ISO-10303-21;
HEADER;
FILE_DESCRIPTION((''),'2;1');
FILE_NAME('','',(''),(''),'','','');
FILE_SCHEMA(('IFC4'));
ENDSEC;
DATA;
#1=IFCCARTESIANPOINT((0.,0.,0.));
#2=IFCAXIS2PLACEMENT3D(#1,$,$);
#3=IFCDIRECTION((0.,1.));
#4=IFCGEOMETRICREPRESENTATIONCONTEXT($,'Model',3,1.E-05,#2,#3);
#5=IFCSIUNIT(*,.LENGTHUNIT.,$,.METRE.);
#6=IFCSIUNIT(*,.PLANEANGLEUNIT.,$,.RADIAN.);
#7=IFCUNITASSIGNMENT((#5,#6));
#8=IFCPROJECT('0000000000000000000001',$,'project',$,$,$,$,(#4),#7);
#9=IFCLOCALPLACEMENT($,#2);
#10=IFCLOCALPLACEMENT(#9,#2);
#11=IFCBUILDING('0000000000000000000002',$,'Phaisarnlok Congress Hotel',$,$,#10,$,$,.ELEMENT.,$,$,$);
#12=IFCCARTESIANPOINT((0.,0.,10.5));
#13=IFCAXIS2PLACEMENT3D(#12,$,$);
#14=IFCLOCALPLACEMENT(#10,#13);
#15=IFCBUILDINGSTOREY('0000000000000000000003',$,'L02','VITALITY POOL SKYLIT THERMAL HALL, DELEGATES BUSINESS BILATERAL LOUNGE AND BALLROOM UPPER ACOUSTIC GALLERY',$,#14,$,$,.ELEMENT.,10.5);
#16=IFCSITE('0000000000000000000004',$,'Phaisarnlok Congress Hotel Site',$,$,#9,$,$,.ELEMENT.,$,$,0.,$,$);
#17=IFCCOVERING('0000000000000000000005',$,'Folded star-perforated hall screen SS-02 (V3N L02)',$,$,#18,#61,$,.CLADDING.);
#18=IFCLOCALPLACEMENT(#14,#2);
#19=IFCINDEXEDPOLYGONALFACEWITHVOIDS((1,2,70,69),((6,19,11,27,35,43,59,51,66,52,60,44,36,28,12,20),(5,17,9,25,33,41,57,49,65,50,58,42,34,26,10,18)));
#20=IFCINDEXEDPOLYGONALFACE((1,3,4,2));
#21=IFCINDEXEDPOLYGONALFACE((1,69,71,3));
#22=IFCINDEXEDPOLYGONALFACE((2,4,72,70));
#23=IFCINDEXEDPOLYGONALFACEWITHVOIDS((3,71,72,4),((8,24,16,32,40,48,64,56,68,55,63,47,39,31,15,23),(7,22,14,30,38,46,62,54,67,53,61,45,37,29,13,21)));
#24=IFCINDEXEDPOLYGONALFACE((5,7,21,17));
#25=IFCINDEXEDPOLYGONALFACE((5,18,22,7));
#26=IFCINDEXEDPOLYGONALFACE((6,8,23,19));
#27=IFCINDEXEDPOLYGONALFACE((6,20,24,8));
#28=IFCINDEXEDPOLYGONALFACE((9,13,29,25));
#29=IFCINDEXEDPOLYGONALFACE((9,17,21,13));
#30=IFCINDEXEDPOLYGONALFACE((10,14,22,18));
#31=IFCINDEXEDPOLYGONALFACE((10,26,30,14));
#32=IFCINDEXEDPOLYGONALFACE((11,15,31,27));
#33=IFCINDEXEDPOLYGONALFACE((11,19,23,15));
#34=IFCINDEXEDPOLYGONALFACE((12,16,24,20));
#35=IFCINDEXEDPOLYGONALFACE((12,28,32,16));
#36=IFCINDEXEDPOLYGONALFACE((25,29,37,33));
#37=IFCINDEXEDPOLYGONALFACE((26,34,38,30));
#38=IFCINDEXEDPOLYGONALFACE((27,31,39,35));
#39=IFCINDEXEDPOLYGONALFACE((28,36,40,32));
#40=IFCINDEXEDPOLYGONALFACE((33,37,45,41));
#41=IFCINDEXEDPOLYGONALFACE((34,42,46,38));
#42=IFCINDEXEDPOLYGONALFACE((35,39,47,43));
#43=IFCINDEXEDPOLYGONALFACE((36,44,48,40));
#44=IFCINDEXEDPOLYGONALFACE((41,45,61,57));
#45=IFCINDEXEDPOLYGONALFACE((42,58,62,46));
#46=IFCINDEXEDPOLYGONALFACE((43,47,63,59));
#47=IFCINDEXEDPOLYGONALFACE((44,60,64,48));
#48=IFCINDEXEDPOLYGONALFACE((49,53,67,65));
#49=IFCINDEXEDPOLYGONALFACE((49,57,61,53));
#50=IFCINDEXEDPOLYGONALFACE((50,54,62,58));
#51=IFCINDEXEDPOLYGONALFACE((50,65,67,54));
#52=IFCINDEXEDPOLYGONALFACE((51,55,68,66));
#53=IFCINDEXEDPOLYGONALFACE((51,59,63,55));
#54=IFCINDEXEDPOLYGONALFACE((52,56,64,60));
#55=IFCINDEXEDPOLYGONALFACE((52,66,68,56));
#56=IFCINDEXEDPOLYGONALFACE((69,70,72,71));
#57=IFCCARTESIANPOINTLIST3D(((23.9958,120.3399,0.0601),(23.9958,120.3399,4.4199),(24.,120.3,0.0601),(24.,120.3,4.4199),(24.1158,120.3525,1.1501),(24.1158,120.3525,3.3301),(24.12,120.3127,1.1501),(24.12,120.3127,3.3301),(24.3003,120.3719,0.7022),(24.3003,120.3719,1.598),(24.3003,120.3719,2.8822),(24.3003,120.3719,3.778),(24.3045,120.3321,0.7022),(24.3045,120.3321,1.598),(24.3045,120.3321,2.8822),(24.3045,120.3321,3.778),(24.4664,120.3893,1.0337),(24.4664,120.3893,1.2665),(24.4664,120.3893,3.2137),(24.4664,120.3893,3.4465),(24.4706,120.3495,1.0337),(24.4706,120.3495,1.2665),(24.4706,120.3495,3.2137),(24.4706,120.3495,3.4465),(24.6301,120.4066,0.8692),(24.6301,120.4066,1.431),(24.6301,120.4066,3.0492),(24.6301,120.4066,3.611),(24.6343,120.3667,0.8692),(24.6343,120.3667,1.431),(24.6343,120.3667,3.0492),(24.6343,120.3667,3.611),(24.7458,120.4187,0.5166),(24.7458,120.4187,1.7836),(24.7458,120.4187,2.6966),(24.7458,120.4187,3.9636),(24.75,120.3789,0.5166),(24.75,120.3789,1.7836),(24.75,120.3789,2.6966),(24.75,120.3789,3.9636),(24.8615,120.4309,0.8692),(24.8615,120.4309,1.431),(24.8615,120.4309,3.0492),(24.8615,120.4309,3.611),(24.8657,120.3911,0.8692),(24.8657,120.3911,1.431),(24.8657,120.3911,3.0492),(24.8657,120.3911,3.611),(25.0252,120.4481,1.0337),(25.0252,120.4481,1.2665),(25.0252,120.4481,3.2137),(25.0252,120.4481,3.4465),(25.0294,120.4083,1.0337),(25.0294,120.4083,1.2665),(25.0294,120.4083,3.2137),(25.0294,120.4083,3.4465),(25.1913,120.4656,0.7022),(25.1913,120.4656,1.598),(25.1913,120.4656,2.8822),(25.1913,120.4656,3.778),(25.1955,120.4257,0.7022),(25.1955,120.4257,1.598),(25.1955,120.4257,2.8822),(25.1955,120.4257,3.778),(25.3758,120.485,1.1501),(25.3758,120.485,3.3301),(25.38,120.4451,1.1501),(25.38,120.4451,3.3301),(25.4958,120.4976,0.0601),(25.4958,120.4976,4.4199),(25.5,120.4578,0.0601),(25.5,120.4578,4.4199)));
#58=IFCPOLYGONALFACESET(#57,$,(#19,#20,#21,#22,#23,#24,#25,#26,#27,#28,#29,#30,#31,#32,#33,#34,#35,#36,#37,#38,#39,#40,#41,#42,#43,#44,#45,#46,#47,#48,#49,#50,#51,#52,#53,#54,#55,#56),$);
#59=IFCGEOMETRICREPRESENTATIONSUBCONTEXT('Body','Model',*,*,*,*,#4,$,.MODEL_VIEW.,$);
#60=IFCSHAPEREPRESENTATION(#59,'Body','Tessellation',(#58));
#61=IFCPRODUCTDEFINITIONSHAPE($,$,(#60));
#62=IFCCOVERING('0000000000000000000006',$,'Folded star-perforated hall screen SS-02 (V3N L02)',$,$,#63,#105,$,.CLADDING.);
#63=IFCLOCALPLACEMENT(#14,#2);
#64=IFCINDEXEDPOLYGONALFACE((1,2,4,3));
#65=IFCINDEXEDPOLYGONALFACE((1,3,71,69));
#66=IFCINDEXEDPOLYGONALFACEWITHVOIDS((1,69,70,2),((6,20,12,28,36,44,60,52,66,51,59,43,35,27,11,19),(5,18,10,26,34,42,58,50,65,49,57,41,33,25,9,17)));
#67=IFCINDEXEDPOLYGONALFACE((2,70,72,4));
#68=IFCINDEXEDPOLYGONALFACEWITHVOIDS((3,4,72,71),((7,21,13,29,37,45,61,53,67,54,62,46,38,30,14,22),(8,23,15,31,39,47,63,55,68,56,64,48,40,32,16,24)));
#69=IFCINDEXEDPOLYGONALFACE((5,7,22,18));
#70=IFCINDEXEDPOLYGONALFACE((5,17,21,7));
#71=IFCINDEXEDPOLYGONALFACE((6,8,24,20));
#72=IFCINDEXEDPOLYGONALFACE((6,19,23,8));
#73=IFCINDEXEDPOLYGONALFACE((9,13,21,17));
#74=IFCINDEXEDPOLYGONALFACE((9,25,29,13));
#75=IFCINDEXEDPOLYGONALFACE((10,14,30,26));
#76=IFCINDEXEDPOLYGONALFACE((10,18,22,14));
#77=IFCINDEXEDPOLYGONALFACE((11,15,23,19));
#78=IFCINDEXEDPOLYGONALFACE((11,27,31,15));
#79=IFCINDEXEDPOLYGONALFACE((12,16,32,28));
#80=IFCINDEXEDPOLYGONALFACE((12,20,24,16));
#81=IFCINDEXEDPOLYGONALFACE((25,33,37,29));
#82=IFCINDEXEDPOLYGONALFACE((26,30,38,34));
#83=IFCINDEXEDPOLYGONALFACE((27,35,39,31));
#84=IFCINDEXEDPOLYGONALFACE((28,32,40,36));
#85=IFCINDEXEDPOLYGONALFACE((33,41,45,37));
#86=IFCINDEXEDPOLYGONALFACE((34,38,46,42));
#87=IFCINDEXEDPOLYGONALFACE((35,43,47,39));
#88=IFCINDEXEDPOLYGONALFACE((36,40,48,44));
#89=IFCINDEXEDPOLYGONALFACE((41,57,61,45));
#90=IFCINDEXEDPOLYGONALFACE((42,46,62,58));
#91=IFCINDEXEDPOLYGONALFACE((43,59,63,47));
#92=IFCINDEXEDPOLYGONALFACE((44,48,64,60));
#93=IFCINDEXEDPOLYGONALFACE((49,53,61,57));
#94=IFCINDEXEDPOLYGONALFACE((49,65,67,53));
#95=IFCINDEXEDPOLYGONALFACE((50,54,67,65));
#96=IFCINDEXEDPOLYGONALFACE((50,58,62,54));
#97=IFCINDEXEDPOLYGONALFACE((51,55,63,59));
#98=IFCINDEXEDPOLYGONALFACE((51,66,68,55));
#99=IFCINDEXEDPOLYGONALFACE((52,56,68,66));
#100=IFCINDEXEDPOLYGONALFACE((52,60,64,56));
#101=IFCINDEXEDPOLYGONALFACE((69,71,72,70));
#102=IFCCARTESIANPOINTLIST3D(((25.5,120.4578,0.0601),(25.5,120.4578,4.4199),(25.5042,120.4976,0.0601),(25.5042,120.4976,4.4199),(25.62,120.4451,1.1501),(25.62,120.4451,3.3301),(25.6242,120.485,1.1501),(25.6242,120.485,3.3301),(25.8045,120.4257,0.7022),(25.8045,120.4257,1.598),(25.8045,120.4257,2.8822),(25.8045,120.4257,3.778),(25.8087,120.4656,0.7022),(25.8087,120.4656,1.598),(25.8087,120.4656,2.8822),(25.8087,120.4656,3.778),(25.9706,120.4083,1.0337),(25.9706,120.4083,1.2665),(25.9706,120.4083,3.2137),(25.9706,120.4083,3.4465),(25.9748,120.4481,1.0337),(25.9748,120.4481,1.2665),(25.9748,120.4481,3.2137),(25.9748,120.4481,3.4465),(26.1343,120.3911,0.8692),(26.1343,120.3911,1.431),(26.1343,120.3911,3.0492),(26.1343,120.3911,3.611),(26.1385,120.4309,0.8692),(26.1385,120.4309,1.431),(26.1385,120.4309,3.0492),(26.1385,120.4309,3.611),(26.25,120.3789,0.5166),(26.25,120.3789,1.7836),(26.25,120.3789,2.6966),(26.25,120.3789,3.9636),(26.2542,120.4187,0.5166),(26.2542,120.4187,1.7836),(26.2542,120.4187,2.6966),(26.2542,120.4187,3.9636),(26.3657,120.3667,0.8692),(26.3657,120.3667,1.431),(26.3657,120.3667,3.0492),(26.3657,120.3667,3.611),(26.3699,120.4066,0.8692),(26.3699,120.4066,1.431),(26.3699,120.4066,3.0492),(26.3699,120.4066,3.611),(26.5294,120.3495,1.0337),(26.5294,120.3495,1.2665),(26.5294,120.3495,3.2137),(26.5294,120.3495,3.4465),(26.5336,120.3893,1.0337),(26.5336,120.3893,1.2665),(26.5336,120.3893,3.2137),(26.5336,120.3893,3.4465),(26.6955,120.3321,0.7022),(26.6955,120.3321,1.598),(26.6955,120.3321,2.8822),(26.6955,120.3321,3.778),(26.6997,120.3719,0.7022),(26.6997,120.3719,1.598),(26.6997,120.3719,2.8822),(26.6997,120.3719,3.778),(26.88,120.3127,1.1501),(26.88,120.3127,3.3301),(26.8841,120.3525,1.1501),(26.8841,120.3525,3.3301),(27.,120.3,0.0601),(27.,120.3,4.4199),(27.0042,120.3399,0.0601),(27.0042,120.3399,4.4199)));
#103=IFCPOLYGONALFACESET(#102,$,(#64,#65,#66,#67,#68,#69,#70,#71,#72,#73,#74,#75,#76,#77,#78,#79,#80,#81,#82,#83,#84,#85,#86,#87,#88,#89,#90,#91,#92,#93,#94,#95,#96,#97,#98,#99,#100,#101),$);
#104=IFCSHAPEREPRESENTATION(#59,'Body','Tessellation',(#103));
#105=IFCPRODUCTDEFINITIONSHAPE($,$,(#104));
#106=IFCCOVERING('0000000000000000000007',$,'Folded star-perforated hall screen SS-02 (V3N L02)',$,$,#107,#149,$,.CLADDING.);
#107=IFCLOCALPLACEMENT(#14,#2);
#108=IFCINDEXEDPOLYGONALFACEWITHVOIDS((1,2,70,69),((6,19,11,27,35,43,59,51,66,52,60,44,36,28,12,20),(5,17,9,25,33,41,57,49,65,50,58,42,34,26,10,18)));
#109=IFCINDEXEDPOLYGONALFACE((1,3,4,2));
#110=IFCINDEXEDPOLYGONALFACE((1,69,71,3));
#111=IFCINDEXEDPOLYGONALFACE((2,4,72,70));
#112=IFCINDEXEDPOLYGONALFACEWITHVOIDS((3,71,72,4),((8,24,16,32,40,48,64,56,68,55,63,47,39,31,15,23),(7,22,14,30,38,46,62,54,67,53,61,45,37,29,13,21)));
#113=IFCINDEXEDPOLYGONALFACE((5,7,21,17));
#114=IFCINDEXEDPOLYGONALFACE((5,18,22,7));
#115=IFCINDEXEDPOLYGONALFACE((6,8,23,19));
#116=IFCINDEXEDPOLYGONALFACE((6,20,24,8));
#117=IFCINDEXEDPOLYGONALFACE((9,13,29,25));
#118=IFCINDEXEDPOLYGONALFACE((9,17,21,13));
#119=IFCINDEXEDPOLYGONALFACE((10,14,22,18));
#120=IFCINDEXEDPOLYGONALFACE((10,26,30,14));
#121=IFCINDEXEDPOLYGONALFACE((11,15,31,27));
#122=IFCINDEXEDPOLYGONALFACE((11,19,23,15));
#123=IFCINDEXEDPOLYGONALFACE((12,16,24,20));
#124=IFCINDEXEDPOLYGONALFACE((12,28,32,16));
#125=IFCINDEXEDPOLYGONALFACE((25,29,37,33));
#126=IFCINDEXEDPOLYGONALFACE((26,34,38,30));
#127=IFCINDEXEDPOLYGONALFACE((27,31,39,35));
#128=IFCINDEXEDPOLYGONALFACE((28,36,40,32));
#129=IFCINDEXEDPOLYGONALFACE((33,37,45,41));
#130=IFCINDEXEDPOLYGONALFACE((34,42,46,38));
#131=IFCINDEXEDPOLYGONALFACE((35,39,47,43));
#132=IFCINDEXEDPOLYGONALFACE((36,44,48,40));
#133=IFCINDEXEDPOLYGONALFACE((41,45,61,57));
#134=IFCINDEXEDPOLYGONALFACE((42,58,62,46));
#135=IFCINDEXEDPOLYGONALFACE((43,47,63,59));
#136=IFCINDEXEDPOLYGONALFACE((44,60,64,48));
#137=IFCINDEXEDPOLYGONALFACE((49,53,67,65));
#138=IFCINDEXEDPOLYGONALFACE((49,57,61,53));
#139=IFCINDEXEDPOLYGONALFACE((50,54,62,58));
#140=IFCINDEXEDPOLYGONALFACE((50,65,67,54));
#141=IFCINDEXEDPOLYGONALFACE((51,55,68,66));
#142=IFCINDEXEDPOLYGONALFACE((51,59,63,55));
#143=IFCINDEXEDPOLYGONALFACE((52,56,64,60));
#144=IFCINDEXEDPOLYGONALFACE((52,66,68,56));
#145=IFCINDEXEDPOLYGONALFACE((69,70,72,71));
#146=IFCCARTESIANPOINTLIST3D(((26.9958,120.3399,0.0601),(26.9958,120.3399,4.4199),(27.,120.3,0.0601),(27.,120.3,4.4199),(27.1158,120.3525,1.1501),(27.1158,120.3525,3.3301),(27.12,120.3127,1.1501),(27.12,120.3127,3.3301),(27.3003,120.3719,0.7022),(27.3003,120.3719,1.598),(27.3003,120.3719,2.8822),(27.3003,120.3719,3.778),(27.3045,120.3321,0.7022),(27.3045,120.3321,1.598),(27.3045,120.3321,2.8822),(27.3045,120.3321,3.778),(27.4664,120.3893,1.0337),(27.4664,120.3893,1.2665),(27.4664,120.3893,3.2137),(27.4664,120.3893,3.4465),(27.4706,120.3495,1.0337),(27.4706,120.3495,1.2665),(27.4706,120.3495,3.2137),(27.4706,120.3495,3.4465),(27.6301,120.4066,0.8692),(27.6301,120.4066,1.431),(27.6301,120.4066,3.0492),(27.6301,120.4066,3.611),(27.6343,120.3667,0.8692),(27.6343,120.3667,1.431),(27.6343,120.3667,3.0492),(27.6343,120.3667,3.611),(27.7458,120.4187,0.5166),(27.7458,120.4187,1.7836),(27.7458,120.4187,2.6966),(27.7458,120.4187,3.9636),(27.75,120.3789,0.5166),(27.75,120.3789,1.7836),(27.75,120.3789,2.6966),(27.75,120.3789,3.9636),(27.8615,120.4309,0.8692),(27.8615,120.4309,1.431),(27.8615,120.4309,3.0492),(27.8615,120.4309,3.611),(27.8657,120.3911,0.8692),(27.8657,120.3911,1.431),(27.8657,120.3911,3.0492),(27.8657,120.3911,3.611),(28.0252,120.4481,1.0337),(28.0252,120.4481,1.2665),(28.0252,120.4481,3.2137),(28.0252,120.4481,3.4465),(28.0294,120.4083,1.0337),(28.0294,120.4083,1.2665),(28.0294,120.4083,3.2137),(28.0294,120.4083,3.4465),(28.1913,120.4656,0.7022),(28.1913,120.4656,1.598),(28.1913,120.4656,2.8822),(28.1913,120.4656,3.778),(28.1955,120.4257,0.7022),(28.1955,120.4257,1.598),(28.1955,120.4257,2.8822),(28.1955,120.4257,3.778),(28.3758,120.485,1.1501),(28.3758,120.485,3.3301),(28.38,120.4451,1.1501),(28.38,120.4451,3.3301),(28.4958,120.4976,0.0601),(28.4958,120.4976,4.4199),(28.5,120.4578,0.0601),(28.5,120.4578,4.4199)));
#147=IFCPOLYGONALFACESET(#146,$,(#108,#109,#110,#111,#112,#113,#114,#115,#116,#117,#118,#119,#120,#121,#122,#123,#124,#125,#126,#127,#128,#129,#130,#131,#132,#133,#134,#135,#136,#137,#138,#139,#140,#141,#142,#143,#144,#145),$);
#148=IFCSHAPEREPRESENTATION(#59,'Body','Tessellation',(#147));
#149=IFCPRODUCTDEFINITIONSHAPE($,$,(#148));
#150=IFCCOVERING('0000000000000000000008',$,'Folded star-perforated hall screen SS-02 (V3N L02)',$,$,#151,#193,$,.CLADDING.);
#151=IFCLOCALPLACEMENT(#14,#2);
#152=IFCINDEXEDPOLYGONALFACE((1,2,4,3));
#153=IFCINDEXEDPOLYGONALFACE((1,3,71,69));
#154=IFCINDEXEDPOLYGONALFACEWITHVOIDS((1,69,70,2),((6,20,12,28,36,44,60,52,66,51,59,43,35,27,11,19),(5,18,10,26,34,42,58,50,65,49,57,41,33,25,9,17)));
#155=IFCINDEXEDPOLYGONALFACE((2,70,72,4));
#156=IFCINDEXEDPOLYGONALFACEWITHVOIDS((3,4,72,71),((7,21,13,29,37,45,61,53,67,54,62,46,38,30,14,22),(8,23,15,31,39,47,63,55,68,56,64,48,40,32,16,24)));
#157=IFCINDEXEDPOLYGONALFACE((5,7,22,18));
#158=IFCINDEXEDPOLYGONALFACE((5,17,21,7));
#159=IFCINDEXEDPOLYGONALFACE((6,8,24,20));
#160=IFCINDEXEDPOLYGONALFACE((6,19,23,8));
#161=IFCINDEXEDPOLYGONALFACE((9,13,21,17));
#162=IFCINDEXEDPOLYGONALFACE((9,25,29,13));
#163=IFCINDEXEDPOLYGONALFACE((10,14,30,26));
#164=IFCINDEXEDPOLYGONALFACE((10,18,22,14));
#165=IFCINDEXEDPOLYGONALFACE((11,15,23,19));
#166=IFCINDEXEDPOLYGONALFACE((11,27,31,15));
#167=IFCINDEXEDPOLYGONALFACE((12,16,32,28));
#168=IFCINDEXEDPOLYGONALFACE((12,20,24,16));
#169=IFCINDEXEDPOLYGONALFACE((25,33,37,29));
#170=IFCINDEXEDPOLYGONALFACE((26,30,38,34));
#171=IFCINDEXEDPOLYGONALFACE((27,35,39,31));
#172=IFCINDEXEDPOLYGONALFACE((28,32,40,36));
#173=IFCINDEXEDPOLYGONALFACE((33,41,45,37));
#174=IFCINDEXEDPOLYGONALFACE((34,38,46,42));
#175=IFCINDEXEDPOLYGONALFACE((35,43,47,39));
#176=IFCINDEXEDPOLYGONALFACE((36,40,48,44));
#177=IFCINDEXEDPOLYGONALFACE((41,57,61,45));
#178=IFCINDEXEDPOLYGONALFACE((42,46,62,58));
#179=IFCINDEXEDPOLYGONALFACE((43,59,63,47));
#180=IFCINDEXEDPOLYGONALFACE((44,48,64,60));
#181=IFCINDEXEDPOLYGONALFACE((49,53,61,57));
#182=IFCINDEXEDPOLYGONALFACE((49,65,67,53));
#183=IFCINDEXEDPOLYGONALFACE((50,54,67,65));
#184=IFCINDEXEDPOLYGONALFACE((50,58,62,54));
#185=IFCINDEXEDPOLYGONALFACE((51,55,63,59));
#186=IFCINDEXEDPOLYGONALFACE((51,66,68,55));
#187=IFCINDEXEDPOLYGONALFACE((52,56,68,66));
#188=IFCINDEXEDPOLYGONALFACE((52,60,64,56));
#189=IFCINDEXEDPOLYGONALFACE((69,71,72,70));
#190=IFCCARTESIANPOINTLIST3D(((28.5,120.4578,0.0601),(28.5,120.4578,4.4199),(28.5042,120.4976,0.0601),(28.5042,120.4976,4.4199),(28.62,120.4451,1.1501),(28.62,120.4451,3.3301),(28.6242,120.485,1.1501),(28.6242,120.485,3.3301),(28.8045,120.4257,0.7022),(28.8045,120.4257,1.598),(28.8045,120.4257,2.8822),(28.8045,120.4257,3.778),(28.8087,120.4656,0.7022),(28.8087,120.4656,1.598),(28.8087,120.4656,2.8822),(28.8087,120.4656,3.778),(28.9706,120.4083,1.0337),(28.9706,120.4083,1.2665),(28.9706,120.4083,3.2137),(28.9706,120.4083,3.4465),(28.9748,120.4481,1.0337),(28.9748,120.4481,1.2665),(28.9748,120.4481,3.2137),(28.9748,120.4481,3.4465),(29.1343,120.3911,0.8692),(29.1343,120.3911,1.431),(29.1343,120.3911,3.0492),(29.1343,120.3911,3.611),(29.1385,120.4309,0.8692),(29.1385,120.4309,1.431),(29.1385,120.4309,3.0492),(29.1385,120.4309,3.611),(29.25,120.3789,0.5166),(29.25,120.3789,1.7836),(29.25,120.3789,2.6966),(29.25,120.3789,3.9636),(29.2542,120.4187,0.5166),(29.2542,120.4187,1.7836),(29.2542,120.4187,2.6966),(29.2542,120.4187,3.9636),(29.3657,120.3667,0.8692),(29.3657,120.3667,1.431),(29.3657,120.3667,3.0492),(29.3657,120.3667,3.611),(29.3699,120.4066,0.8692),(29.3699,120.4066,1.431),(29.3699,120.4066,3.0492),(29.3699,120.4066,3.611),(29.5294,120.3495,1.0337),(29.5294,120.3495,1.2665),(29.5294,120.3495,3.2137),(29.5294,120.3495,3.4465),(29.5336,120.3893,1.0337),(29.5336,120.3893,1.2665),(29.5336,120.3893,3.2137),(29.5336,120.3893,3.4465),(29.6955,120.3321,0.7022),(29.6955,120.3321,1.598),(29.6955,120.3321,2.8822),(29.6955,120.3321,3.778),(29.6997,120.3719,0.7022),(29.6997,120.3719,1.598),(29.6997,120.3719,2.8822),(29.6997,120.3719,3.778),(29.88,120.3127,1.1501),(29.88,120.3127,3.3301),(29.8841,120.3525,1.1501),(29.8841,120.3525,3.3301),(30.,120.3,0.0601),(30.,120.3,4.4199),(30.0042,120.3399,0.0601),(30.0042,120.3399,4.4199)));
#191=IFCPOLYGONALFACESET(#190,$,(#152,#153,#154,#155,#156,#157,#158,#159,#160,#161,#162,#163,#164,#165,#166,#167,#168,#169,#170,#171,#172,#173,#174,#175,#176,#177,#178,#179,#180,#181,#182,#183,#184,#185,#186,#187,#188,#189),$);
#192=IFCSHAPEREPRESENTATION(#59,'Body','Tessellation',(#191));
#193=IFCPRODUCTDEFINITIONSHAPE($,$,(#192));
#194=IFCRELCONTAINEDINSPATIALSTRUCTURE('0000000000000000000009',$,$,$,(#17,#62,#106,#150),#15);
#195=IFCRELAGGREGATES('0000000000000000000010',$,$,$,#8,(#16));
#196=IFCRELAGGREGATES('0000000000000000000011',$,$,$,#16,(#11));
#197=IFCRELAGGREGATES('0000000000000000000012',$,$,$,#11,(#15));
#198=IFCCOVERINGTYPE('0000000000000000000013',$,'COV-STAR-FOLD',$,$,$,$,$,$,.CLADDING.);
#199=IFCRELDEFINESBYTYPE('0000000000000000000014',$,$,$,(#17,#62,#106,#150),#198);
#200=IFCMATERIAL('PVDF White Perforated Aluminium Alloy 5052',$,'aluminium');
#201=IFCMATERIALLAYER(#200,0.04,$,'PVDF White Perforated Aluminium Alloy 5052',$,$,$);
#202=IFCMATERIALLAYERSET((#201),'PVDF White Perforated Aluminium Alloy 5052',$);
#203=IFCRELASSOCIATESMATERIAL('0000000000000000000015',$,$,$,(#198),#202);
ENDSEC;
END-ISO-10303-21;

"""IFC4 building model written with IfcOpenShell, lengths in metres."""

from ifc_helpers import new_model, si_unit, direction, frame, origin, place, context, subcontext, project, spatial, polyline, outline, extrude, material, layer, layer_set, type_object, element, save


model = new_model("IFC4")

# Units and contexts
model_context = context("Model", 3, precision=1e-05, world=origin(), true_north=direction((0.0, 1.0)))
body_context = subcontext(model_context, "Body", "Model", "MODEL_VIEW")
ifc_project = project(units=[si_unit("LENGTHUNIT", "METRE"), si_unit("PLANEANGLEUNIT", "RADIAN")], contexts=[model_context])

# Site, building, storey
site_placement = place(None, origin())
site = spatial("IfcSite", under=ifc_project, at=site_placement, Name="Phaisarnlok Congress Hotel Site", CompositionType="ELEMENT", RefElevation=0.0)
building_placement = place(site_placement, origin())
building = spatial("IfcBuilding", under=site, at=building_placement, Name="Phaisarnlok Congress Hotel", CompositionType="ELEMENT")
storey_placement = place(building_placement, frame((0.0, 0.0, 10.5)))
storey = spatial("IfcBuildingStorey", under=building, at=storey_placement, Name="L02", Description="VITALITY POOL SKYLIT THERMAL HALL, DELEGATES BUSINESS BILATERAL LOUNGE AND BALLROOM UPPER ACOUSTIC GALLERY", CompositionType="ELEMENT", Elevation=10.5)

# Coverings
ifc_material_1 = material(Name="PVDF White Perforated Aluminium Alloy 5052", Category="aluminium")
ifc_layer_1 = layer(ifc_material_1, 0.04, Name="PVDF White Perforated Aluminium Alloy 5052")
ifc_layer_set_1 = layer_set([ifc_layer_1], Name="PVDF White Perforated Aluminium Alloy 5052")
covering_type = type_object("IfcCoveringType", Name="COV-STAR-FOLD", PredefinedType="CLADDING", material=ifc_layer_set_1)
for number, where, z_axis, x_axis, name in (
    (1, (25.5, 120.4578, 0.0601), (-0.104567, 0.994518, 0.0), (-0.994518, -0.104567, 0.0), "Folded star-perforated hall screen SS-02 (V3N L02)"),
    (2, (27.0, 120.3, 0.0601), (0.104567, 0.994518, 0.0), (-0.994518, 0.104567, 0.0), "Folded star-perforated hall screen SS-02 (V3N L02)"),
    (3, (28.5, 120.4578, 0.0601), (-0.104567, 0.994518, 0.0), (-0.994518, -0.104567, 0.0), "Folded star-perforated hall screen SS-02 (V3N L02)"),
    (4, (30.0, 120.3, 0.0601), (0.104567, 0.994518, 0.0), (-0.994518, 0.104567, 0.0), "Folded star-perforated hall screen SS-02 (V3N L02)"),
):
    element("IfcCovering", number, at=place(storey_placement, frame(where, z_axis=z_axis, x_axis=x_axis)), inside=storey, type_object=covering_type, Name=name, PredefinedType="CLADDING", context=body_context, shape_type="SweptSolid", body=[
        extrude(outline(polyline([(0.0, 0.0), (1.5083, 0.0), (1.5083, 4.3599), (0.0, 4.3599), (0.0, 0.0)]), holes=[polyline([(1.0351, 0.9736), (1.2021, 0.6421), (0.8705, 0.8091), (0.7541, 0.4565), (0.6378, 0.8091), (0.3062, 0.6421), (0.4732, 0.9736), (0.1207, 1.09), (0.4732, 1.2064), (0.3062, 1.5379), (0.6378, 1.3709), (0.7541, 1.7235), (0.8705, 1.3709), (1.2021, 1.5379), (1.0351, 1.2064), (1.3876, 1.09), (1.0351, 0.9736)]), polyline([(1.0351, 3.1536), (1.2021, 2.8221), (0.8705, 2.9891), (0.7541, 2.6365), (0.6378, 2.9891), (0.3062, 2.8221), (0.4732, 3.1536), (0.1207, 3.27), (0.4732, 3.3864), (0.3062, 3.7179), (0.6378, 3.5509), (0.7541, 3.9035), (0.8705, 3.5509), (1.2021, 3.7179), (1.0351, 3.3864), (1.3876, 3.27), (1.0351, 3.1536)])]), origin(), (0.0, 0.0, 1.0), 0.04),
    ])

save(model, "model.ifc")
